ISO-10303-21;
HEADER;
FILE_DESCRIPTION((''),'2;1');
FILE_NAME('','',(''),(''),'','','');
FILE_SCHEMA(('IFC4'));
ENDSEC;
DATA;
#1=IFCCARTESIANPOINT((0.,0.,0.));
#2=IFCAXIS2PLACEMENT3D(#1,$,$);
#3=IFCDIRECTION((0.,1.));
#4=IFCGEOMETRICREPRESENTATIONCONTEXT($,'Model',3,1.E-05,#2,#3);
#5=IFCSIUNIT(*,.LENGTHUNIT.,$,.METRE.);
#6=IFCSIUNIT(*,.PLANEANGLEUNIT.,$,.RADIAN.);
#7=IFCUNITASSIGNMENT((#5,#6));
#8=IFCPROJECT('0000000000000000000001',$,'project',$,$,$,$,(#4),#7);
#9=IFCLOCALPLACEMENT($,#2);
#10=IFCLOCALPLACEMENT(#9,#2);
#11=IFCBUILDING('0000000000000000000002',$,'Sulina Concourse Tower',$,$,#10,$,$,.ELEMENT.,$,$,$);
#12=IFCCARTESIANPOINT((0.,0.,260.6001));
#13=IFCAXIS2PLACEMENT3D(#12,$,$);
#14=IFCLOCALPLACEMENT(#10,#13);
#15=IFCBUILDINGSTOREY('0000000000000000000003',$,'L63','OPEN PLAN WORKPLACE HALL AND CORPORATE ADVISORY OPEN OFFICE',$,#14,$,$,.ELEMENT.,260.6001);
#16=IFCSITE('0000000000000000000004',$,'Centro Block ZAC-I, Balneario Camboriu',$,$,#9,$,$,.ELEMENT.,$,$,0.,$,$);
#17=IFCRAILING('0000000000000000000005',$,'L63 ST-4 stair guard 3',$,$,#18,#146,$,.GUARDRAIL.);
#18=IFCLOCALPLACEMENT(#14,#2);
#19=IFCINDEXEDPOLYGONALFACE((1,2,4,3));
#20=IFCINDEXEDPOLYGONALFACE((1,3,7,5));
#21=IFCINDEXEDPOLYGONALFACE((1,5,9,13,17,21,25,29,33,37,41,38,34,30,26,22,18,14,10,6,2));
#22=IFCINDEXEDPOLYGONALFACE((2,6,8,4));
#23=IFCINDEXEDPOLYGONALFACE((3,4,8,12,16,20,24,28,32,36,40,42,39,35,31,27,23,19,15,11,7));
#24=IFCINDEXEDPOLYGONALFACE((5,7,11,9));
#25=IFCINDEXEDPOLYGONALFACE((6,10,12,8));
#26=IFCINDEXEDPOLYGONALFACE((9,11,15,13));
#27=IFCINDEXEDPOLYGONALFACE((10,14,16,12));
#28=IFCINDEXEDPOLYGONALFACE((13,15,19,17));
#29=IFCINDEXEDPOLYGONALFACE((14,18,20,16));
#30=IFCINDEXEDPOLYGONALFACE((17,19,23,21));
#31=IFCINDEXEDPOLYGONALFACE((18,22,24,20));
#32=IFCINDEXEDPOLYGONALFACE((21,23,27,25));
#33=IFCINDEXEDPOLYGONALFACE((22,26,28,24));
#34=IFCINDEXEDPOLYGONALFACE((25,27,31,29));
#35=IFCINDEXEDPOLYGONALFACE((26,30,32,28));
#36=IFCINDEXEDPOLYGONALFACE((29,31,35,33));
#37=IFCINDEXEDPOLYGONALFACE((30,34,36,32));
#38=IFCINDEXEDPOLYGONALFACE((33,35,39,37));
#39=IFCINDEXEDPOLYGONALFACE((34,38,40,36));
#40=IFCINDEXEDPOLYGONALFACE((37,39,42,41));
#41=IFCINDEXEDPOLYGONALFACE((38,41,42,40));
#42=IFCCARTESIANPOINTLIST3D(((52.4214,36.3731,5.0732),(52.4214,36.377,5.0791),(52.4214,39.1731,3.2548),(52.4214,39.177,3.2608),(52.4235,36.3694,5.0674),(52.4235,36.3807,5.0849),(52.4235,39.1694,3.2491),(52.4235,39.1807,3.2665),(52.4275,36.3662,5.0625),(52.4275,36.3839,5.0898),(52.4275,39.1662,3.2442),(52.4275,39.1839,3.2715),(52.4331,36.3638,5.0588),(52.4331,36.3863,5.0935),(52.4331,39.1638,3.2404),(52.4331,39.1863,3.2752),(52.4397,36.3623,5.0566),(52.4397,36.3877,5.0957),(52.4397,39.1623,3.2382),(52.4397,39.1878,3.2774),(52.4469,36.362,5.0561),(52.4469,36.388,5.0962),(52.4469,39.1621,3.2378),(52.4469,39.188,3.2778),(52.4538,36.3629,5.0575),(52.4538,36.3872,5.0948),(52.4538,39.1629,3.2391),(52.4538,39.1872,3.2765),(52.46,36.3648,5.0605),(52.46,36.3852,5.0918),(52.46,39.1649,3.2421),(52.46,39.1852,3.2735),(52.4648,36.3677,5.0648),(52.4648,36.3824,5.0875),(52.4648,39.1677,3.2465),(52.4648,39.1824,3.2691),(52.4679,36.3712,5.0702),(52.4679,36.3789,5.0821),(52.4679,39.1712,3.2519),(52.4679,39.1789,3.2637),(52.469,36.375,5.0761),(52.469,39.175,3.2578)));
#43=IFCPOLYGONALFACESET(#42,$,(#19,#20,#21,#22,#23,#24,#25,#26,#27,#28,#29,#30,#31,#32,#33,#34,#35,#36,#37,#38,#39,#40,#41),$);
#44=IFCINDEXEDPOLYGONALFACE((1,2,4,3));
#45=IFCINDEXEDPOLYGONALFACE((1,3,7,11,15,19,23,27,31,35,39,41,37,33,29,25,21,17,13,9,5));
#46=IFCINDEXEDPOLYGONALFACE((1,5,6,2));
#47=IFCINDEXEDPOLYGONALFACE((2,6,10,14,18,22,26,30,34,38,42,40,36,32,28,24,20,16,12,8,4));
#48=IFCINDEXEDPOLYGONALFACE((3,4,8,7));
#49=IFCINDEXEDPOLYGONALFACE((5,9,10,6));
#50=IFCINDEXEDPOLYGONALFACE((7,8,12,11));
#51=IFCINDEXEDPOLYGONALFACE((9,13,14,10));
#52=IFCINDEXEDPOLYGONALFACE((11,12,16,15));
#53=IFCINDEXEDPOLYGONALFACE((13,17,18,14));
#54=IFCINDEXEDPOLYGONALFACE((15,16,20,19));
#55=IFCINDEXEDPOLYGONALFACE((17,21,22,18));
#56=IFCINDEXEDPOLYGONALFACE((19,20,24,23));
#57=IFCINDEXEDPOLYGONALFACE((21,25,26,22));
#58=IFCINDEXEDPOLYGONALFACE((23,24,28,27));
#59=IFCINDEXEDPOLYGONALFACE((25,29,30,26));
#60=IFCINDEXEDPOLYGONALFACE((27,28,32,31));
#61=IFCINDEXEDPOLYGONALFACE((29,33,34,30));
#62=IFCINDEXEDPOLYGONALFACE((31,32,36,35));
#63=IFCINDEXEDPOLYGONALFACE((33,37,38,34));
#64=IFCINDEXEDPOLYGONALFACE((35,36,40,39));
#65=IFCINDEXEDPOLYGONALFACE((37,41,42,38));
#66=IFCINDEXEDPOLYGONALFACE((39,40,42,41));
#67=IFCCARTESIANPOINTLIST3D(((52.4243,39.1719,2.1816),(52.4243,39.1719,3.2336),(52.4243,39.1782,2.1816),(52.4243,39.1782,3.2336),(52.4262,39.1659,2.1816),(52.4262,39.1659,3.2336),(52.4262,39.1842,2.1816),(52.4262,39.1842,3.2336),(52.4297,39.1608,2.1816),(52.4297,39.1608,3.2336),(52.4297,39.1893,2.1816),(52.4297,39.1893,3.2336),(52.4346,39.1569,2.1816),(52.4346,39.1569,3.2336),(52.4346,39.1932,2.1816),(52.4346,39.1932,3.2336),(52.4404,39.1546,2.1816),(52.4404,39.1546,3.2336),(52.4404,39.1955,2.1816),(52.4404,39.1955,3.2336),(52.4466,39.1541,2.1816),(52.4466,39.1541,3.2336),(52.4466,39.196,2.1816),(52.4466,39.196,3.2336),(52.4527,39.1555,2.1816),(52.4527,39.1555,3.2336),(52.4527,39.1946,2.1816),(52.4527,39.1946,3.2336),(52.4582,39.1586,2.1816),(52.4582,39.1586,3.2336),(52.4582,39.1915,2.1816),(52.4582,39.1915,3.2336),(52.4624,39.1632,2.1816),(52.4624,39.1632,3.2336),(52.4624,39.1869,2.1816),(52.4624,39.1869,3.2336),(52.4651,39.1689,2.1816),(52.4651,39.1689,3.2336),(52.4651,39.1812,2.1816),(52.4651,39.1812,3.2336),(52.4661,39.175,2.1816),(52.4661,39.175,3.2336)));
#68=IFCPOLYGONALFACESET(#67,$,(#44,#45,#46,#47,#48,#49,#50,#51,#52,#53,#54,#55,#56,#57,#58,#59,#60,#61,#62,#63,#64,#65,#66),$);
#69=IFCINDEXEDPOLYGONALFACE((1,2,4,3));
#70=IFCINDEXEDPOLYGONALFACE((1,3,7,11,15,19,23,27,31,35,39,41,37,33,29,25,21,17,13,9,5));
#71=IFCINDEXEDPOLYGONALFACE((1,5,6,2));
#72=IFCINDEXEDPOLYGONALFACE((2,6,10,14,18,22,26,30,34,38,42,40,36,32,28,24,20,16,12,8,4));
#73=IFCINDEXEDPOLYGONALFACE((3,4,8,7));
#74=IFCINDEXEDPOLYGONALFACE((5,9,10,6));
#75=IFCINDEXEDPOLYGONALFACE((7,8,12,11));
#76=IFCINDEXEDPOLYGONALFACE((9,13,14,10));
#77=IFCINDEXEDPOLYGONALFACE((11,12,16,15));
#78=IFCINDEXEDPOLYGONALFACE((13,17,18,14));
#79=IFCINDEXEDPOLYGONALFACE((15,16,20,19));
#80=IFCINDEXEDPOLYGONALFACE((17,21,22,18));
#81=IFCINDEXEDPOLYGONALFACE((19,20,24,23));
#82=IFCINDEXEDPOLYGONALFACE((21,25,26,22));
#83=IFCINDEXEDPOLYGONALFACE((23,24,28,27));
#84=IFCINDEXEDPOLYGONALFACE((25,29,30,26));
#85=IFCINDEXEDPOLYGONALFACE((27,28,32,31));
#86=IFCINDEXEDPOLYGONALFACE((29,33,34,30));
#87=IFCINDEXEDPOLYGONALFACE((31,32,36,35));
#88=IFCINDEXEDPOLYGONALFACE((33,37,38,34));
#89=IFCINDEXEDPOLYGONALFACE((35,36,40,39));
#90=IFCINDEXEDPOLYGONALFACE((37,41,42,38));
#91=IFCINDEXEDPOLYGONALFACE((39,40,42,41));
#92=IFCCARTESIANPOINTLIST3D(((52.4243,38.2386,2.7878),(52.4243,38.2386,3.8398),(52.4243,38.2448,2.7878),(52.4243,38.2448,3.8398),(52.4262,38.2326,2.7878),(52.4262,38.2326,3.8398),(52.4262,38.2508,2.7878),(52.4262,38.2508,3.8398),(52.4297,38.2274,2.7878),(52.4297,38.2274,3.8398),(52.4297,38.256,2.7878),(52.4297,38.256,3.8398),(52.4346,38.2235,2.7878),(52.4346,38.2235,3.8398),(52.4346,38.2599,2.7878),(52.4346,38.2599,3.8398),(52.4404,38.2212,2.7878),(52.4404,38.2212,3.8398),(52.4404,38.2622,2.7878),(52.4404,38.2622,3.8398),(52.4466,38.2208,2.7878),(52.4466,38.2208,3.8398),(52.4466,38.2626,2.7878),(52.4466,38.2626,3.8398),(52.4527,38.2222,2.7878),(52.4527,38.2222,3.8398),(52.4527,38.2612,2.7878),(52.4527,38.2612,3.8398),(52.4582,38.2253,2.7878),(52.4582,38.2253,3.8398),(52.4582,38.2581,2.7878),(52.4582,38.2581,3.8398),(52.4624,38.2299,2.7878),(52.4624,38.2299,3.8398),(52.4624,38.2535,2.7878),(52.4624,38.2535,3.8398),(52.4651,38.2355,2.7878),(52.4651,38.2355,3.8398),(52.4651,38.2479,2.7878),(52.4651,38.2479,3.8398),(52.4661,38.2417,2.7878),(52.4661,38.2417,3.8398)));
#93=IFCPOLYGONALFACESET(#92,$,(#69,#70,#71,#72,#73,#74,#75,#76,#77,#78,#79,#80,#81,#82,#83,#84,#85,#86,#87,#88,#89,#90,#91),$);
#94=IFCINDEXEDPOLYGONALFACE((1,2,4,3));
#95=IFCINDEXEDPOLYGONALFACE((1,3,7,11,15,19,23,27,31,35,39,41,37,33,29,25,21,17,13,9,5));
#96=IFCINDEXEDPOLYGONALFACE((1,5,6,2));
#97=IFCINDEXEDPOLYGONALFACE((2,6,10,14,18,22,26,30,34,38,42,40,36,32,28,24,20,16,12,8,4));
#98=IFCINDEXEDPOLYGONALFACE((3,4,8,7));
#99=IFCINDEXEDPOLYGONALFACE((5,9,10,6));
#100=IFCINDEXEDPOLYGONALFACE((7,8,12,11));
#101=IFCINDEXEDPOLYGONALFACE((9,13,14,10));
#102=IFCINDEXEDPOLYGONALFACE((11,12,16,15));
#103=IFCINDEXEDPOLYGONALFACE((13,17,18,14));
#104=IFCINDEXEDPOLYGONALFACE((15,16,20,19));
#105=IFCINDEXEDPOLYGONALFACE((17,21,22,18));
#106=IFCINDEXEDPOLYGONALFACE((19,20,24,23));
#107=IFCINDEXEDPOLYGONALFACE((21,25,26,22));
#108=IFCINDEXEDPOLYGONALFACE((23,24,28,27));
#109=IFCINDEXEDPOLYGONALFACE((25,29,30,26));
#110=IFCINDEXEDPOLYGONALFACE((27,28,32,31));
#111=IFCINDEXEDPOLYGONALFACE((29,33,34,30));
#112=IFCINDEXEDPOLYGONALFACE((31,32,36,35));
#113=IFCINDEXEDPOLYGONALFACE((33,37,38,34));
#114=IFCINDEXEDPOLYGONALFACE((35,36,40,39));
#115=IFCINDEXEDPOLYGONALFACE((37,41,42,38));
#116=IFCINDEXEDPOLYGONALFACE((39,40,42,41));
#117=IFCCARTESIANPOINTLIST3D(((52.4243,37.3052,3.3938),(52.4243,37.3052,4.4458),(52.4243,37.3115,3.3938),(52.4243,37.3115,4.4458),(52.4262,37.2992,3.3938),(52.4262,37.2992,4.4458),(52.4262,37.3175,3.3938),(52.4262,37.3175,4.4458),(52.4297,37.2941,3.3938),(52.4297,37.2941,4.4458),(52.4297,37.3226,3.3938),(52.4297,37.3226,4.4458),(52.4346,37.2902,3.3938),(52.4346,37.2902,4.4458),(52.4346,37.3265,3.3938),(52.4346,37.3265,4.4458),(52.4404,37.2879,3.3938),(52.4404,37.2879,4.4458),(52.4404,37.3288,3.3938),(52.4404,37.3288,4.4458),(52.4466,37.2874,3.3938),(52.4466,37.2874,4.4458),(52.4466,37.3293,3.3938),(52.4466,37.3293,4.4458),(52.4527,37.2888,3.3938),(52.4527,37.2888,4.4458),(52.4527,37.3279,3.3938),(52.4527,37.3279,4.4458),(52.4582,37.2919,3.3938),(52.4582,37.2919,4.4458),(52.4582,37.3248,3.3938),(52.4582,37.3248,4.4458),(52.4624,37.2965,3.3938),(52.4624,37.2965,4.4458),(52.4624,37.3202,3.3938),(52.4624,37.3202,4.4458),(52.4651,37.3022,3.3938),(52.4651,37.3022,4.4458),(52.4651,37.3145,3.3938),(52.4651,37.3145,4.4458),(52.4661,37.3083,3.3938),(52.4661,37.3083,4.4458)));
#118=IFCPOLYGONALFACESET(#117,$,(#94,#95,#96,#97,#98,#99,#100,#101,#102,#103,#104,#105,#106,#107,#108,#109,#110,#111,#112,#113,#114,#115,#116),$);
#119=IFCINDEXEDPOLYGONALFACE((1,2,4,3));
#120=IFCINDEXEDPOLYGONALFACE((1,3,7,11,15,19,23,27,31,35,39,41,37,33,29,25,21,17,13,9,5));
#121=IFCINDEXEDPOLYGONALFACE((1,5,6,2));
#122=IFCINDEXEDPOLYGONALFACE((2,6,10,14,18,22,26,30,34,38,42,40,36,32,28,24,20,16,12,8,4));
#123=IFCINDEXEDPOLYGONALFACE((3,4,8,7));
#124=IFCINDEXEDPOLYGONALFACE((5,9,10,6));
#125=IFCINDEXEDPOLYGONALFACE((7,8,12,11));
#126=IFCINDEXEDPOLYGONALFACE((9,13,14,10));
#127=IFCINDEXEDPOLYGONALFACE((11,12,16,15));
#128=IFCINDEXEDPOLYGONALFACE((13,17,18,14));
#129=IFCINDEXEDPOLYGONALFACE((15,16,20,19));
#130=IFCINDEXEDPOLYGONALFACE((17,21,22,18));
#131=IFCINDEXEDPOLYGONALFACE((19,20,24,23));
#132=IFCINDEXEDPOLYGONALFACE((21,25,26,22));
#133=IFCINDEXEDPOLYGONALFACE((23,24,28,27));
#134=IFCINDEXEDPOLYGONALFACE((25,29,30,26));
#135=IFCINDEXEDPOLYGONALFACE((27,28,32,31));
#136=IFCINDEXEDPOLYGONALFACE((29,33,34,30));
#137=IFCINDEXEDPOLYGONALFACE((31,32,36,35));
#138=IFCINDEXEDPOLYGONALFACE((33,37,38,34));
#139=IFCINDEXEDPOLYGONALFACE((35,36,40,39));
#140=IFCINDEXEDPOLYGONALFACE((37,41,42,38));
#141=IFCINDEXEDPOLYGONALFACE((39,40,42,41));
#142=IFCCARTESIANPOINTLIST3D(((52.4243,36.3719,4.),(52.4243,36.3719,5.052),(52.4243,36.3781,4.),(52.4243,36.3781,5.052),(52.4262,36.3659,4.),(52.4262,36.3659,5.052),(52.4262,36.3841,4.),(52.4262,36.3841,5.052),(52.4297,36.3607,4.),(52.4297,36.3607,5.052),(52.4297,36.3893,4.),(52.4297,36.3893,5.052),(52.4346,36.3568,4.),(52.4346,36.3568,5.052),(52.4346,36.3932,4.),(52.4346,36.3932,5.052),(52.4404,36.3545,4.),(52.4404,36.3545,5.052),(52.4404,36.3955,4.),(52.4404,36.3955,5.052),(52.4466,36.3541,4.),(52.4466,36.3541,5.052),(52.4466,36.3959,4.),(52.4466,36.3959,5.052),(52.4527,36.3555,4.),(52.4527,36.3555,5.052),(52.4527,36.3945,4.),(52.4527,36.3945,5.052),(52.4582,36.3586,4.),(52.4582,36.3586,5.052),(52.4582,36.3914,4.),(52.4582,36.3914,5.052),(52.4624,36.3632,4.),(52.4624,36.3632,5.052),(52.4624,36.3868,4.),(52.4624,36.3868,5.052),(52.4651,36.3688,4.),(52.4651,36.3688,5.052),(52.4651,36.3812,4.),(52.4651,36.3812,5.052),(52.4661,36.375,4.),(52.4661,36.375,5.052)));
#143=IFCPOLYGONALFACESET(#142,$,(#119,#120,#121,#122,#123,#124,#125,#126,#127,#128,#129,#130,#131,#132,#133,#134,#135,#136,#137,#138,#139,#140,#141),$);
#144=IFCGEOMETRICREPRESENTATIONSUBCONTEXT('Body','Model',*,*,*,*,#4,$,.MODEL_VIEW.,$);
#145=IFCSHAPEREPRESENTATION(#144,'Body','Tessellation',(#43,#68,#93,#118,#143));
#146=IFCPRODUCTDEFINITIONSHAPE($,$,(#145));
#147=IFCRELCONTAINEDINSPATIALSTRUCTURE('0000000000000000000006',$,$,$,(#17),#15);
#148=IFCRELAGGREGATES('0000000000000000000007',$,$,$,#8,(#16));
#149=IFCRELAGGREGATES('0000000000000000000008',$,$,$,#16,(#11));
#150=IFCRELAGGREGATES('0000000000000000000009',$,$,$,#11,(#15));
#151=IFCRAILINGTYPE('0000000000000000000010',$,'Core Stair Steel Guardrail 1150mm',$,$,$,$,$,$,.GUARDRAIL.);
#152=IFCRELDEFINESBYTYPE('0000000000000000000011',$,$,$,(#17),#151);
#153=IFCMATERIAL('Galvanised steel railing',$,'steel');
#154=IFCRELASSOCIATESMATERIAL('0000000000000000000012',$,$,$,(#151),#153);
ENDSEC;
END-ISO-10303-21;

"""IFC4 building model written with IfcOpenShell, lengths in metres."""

from ifc_helpers import new_model, si_unit, direction, frame, origin, origin_2d, place, context, subcontext, project, spatial, circle, extrude, material, type_object, element, save


model = new_model("IFC4")

# Units and contexts
model_context = context("Model", 3, precision=1e-05, world=origin(), true_north=direction((0.0, 1.0)))
body_context = subcontext(model_context, "Body", "Model", "MODEL_VIEW")
ifc_project = project(units=[si_unit("LENGTHUNIT", "METRE"), si_unit("PLANEANGLEUNIT", "RADIAN")], contexts=[model_context])

# Site, building, storey
site_placement = place(None, origin())
site = spatial("IfcSite", under=ifc_project, at=site_placement, Name="Centro Block ZAC-I, Balneario Camboriu", CompositionType="ELEMENT", RefElevation=0.0)
building_placement = place(site_placement, origin())
building = spatial("IfcBuilding", under=site, at=building_placement, Name="Sulina Concourse Tower", CompositionType="ELEMENT")
storey_placement = place(building_placement, frame((0.0, 0.0, 260.6001)))
storey = spatial("IfcBuildingStorey", under=building, at=storey_placement, Name="L63", Description="OPEN PLAN WORKPLACE HALL AND CORPORATE ADVISORY OPEN OFFICE", CompositionType="ELEMENT", Elevation=260.6001)

# Railing
ifc_material_1 = material(Name="Galvanised steel railing", Category="steel")
railing_type_1 = type_object("IfcRailingType", Name="Core Stair Steel Guardrail 1150mm", PredefinedType="GUARDRAIL", material=ifc_material_1)
railing_1_placement = place(storey_placement, frame((52.4451, 39.175, 2.1816)))
element("IfcRailing", 1, at=railing_1_placement, inside=storey, type_object=railing_type_1, Name="L63 ST-4 stair guard 3", PredefinedType="GUARDRAIL", context=body_context, shape_type="SweptSolid", body=[
    extrude(circle(Radius=0.0239, at=origin_2d()), frame((0.0, 0.0, 1.0762), z_axis=(0.0, -0.838672, 0.544636), x_axis=(1.0, 0.0, 0.0)), (0.0, 0.0, 1.0), 3.3386),
    extrude(circle(Radius=0.021, at=origin_2d()), origin(), (0.0, 0.0, 1.0), 1.052),
    extrude(circle(Radius=0.021, at=origin_2d()), frame((0.0, -0.9333, 0.6062)), (0.0, 0.0, 1.0), 1.052),
    extrude(circle(Radius=0.021, at=origin_2d()), frame((0.0, -1.8667, 1.2122)), (0.0, 0.0, 1.0), 1.052),
    extrude(circle(Radius=0.021, at=origin_2d()), frame((0.0, -2.8, 1.8184)), (0.0, 0.0, 1.0), 1.052),
])

save(model, "model.ifc")
